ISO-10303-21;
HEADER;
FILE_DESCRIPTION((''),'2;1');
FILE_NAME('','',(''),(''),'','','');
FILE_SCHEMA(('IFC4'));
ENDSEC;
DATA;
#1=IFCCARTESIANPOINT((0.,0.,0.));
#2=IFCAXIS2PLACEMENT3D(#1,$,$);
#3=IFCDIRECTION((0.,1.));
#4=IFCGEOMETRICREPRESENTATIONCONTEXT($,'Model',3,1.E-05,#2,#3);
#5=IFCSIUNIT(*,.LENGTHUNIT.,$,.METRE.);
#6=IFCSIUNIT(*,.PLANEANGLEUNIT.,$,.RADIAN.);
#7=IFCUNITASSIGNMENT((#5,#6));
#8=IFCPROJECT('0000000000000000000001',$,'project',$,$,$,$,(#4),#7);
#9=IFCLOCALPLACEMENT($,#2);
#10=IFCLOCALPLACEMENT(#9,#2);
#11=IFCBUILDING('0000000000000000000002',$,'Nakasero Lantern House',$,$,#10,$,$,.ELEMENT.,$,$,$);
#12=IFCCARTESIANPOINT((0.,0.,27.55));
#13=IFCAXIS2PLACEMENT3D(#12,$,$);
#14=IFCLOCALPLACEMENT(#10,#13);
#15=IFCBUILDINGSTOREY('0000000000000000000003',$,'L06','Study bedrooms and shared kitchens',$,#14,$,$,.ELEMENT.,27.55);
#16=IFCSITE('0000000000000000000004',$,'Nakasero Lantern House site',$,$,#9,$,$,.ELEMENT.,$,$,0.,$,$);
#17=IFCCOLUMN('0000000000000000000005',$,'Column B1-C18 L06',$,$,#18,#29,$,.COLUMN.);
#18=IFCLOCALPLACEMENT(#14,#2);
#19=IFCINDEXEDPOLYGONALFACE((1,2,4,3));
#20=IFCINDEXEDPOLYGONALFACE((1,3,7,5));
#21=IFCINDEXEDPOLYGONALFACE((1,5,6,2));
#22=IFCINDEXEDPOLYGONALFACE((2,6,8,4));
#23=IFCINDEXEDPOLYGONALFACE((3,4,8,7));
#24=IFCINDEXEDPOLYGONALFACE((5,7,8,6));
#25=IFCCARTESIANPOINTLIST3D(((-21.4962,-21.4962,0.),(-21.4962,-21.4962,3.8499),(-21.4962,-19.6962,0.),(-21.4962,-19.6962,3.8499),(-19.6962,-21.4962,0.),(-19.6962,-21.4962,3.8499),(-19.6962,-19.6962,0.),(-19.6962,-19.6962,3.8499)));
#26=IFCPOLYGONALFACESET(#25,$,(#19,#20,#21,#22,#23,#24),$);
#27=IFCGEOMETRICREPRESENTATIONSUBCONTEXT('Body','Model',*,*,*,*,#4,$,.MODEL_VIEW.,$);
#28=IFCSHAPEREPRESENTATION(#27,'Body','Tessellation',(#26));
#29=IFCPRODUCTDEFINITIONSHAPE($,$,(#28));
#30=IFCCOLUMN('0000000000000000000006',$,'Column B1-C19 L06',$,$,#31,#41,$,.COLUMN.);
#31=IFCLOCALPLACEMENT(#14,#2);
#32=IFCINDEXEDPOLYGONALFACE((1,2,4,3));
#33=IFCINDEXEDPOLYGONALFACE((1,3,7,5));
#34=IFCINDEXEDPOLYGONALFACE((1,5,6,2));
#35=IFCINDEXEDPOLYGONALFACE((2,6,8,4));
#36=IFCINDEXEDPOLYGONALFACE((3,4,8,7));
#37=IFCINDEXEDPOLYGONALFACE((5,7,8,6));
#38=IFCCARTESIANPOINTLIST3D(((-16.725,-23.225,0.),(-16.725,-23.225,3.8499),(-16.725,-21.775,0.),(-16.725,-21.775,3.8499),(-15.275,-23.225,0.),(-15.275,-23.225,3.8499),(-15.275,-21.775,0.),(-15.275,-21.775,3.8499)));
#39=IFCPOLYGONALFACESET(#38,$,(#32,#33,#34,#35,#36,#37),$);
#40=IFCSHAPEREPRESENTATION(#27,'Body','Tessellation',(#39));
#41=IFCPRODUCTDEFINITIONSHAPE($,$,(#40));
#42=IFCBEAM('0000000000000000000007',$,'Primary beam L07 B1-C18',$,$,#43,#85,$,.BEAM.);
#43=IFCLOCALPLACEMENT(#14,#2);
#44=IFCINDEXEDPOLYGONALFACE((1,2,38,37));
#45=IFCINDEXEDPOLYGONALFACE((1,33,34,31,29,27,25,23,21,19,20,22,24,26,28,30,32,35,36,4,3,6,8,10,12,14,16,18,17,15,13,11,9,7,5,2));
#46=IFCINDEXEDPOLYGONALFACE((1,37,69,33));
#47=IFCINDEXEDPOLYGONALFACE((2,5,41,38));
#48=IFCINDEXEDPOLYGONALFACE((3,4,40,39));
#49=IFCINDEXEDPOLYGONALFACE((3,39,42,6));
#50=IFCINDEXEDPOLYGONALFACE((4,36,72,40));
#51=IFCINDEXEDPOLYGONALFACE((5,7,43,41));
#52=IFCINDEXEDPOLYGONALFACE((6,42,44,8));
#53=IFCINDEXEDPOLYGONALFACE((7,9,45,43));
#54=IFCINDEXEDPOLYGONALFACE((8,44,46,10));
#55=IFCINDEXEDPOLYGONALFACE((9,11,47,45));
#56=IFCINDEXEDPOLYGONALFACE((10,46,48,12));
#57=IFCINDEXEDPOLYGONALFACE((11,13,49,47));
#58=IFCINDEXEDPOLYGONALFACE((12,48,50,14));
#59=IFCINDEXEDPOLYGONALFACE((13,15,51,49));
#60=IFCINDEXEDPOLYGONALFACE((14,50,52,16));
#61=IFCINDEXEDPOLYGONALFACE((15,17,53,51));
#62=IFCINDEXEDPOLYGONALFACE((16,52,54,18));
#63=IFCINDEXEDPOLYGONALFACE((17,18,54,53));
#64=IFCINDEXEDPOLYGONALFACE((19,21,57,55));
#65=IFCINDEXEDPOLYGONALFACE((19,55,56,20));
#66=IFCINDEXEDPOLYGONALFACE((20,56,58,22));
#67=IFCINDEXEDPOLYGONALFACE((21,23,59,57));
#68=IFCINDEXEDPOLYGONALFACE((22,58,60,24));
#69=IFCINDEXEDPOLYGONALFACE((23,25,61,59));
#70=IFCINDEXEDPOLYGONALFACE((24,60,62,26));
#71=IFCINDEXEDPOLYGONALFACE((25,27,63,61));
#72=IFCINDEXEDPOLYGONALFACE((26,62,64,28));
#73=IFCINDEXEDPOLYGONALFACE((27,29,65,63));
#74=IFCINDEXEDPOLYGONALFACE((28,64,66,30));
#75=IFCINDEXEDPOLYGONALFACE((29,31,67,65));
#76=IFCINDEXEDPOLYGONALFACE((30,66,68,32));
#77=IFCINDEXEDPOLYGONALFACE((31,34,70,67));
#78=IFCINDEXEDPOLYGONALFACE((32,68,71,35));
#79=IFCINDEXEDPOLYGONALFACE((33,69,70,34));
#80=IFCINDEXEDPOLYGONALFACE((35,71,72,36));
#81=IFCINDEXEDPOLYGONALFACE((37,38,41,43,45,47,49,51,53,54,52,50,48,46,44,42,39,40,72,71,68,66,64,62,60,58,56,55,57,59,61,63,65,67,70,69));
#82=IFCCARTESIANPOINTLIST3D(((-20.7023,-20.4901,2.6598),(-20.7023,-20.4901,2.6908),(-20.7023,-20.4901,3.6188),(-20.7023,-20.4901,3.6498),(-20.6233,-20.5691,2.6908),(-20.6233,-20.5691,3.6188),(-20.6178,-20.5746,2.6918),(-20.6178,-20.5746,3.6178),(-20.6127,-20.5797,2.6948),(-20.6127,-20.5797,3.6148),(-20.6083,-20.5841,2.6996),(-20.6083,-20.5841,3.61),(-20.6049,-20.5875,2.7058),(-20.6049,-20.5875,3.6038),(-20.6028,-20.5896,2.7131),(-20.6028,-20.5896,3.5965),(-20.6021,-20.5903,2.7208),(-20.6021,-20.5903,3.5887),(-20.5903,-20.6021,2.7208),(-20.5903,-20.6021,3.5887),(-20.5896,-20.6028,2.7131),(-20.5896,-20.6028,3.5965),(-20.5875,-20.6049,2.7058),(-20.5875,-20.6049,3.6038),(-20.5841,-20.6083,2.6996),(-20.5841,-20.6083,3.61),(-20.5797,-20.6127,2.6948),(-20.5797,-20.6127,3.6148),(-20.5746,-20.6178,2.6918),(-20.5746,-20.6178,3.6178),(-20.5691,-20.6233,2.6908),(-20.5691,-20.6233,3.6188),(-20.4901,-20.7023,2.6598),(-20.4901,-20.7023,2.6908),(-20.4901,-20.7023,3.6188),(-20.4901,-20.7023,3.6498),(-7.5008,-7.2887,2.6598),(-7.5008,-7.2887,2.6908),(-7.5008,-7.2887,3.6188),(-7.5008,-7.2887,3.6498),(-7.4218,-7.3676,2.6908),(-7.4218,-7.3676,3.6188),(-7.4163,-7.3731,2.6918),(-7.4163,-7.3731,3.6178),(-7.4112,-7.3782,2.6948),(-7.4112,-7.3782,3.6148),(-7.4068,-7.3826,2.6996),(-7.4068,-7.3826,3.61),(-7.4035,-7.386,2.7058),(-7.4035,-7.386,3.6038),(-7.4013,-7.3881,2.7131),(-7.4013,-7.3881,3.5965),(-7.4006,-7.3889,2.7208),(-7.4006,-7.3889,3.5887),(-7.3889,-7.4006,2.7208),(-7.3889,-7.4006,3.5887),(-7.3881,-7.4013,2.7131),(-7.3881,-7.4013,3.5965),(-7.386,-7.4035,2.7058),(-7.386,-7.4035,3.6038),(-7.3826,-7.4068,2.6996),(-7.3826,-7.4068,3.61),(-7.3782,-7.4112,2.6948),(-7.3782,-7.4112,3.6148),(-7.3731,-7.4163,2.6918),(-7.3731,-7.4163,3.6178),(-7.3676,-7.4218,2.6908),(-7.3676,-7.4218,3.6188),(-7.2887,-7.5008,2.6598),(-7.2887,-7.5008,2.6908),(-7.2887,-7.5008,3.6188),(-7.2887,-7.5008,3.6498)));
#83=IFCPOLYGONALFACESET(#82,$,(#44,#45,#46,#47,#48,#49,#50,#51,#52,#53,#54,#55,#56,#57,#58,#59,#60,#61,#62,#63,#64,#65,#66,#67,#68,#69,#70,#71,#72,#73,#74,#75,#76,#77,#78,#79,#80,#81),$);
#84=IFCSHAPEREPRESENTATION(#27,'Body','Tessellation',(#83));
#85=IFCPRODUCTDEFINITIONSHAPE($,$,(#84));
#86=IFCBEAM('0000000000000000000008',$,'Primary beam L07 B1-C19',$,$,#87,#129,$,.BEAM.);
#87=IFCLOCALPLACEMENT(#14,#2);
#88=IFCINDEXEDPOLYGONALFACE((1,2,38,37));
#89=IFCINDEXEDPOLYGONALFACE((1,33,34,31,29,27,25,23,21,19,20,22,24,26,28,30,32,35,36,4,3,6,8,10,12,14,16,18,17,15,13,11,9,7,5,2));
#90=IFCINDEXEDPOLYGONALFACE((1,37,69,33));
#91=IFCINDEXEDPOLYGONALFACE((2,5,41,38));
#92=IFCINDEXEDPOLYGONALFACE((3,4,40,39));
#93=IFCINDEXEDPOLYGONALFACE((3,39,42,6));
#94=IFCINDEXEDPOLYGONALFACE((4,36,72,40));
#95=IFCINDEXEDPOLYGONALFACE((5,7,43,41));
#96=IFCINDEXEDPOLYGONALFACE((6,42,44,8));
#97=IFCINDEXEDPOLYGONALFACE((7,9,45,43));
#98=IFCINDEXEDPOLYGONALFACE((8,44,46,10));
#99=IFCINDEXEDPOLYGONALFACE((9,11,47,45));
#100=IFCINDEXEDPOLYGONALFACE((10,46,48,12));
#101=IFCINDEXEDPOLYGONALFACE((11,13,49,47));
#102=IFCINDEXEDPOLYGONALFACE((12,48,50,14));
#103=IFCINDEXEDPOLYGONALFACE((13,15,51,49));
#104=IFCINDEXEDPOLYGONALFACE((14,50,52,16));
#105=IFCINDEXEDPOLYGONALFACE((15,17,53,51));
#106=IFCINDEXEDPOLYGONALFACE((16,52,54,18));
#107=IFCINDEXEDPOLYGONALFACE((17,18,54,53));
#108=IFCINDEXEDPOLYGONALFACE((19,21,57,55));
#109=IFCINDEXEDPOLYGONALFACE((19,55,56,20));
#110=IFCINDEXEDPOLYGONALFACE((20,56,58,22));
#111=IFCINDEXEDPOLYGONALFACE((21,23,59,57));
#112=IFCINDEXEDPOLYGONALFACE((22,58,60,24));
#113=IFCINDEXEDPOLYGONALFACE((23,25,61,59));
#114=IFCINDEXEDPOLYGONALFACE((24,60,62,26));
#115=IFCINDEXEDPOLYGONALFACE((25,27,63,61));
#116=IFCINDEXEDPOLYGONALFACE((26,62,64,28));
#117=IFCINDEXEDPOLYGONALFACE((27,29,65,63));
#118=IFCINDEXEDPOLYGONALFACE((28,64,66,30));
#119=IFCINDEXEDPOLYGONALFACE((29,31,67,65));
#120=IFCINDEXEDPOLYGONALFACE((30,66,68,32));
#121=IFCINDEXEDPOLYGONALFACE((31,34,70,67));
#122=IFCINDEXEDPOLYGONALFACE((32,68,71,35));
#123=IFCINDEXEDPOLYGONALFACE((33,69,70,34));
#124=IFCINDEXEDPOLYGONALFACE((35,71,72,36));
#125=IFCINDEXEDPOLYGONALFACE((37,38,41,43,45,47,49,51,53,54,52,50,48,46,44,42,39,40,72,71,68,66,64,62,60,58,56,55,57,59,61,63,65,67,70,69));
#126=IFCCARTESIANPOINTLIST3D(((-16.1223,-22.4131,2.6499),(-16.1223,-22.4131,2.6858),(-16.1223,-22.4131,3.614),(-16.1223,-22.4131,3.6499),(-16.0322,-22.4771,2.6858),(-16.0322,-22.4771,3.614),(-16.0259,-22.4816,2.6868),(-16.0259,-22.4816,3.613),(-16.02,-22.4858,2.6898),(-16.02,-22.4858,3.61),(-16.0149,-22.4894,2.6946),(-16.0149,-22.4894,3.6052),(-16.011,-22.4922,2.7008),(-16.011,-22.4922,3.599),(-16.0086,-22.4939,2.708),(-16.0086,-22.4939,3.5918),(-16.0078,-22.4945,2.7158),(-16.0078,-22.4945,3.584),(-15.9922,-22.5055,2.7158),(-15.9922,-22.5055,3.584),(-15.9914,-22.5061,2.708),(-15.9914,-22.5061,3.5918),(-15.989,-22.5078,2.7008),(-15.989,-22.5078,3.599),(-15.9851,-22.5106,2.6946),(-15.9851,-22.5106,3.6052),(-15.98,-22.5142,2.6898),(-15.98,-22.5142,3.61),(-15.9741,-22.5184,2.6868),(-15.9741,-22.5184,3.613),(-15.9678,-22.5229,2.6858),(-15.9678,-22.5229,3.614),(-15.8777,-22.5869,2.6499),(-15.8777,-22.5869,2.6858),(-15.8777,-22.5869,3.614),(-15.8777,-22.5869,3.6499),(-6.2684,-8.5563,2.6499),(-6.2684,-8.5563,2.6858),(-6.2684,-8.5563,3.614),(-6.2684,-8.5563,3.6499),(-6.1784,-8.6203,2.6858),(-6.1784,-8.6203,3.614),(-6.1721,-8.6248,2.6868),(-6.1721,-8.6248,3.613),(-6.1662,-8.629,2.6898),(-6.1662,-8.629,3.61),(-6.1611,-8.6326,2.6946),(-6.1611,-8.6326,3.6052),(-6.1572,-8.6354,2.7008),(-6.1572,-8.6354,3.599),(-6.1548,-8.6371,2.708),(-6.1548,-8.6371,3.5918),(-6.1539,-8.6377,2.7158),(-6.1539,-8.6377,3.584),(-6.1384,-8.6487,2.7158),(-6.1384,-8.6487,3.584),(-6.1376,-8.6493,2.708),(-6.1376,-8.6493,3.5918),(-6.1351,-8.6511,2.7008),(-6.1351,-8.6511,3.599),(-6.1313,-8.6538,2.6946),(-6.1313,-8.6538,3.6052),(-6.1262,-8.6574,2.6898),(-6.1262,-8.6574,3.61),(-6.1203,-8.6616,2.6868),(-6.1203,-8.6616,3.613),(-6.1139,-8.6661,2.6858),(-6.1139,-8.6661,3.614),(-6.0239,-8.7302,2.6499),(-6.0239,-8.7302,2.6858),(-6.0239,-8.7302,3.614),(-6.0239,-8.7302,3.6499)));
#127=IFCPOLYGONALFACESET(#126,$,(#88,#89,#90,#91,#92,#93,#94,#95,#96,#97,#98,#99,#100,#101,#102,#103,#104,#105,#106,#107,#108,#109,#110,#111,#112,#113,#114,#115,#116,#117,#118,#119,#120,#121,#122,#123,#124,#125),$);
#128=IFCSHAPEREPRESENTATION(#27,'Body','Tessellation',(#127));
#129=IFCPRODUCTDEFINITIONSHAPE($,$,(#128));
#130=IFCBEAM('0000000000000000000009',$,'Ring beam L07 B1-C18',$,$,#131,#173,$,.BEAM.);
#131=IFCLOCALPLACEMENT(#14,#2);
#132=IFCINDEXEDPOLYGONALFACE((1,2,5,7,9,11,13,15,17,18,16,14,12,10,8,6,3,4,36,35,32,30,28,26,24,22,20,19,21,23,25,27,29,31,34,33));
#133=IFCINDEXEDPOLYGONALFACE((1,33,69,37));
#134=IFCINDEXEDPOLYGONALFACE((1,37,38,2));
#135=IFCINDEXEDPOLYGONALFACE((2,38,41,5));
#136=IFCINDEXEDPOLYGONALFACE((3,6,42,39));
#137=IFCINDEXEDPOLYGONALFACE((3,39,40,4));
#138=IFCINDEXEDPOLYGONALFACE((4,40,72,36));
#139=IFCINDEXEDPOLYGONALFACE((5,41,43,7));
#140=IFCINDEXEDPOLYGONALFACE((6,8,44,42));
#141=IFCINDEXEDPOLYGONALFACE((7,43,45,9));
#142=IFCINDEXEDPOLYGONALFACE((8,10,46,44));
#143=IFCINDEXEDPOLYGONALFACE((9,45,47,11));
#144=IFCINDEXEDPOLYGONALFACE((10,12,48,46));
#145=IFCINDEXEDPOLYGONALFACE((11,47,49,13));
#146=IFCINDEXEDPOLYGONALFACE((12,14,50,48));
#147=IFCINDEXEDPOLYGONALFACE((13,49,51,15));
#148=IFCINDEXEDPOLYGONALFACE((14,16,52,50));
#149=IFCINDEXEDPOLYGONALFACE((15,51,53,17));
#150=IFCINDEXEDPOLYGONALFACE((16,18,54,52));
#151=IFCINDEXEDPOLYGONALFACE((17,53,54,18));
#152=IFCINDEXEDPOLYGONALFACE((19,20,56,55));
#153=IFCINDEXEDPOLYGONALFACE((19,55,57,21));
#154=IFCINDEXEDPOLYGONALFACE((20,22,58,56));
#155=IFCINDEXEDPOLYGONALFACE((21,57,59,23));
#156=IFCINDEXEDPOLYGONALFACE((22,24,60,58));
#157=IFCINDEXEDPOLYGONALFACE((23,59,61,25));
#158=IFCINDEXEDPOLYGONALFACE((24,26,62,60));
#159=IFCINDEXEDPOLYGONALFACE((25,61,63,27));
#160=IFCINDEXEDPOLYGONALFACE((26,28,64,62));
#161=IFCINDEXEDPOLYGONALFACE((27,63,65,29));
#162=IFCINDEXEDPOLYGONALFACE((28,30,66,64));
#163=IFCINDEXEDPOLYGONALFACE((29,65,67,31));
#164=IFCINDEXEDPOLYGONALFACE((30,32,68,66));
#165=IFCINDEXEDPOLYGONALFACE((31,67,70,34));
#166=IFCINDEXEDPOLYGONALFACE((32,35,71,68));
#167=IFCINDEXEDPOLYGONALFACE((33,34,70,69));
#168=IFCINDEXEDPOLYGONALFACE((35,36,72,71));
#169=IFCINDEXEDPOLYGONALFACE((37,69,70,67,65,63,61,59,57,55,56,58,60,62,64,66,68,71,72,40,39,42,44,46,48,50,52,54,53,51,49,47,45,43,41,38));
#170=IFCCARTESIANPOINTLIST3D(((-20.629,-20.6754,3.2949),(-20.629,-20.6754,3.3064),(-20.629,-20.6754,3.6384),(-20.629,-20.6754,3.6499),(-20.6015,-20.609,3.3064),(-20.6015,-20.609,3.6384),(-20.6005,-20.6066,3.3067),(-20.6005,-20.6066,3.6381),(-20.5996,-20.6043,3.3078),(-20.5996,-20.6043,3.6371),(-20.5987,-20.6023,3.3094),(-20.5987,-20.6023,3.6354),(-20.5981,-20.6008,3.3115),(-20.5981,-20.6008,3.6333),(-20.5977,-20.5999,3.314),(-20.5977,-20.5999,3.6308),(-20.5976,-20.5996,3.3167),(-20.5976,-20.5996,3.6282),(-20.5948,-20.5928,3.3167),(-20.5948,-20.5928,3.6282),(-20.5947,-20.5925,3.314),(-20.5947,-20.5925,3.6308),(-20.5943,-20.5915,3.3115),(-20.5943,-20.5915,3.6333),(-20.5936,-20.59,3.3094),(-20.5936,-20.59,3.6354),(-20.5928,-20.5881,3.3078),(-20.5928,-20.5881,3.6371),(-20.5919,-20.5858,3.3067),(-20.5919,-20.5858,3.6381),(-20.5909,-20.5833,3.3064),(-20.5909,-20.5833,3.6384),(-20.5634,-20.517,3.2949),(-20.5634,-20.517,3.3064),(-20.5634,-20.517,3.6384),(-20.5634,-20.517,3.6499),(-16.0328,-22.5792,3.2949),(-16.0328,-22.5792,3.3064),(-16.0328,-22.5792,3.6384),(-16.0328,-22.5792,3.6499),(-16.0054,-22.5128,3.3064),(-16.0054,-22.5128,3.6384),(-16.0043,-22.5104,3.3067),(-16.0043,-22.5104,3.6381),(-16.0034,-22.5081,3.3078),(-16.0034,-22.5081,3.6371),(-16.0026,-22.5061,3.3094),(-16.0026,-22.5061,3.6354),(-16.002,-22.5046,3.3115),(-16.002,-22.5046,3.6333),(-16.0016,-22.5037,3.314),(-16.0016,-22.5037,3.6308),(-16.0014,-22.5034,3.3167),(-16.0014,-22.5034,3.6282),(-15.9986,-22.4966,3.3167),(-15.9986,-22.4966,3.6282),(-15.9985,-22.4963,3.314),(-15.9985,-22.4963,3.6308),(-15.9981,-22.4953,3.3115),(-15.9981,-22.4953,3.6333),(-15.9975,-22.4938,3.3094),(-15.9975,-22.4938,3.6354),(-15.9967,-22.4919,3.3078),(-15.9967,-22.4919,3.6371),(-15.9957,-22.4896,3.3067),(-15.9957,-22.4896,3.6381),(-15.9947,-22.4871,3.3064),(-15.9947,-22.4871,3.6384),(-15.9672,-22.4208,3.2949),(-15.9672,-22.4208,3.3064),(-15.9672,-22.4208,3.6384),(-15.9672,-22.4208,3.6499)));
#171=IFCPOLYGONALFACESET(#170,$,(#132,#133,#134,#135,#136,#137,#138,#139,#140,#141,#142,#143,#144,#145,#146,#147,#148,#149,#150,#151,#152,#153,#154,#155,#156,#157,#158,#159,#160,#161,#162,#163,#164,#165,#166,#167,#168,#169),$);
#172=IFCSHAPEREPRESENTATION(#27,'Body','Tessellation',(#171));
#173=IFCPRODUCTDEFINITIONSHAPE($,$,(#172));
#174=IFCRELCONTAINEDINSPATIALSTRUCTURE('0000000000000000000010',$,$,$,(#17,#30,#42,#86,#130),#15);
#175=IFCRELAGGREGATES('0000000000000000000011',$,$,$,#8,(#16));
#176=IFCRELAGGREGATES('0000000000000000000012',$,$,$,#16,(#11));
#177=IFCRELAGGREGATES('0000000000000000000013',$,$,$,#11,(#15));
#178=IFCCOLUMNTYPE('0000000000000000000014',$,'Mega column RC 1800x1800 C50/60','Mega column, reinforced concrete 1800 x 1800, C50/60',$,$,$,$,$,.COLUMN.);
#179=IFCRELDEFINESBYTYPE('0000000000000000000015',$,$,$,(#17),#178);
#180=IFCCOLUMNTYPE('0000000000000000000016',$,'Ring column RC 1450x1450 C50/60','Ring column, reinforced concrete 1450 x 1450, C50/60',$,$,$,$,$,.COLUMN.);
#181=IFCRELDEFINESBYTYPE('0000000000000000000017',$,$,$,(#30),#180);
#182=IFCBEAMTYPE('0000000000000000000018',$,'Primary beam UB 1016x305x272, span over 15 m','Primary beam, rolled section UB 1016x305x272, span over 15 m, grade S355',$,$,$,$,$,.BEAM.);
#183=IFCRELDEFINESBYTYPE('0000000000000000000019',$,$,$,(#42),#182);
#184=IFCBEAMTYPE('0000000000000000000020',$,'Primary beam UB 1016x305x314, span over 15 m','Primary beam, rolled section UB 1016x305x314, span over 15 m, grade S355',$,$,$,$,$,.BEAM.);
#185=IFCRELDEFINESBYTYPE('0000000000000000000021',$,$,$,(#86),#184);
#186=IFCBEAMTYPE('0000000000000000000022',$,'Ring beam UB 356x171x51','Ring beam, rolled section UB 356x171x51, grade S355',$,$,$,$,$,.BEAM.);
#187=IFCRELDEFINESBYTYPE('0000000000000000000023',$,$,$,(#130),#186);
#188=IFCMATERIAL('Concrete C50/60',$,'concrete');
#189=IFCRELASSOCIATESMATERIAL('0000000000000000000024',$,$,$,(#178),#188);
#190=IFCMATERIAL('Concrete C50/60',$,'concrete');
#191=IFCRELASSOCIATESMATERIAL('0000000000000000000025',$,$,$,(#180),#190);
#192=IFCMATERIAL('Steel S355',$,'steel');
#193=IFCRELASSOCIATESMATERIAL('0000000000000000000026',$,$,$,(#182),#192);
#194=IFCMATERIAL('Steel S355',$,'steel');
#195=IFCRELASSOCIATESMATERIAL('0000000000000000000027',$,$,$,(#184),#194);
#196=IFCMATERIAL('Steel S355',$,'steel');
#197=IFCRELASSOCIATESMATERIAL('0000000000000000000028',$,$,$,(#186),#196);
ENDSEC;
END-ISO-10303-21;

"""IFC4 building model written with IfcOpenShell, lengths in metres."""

from ifc_helpers import new_model, si_unit, direction, frame, origin, origin_2d, place, context, subcontext, project, spatial, rectangle, i_section, extrude, material, material_profile, profile_set, type_object, element, save


model = new_model("IFC4")

# Units and contexts
model_context = context("Model", 3, precision=1e-05, world=origin(), true_north=direction((0.0, 1.0)))
body_context = subcontext(model_context, "Body", "Model", "MODEL_VIEW")
ifc_project = project(units=[si_unit("LENGTHUNIT", "METRE"), si_unit("PLANEANGLEUNIT", "RADIAN")], contexts=[model_context])

# Site, building, storey
site_placement = place(None, origin())
site = spatial("IfcSite", under=ifc_project, at=site_placement, Name="Nakasero Lantern House site", CompositionType="ELEMENT", RefElevation=0.0)
building_placement = place(site_placement, origin())
building = spatial("IfcBuilding", under=site, at=building_placement, Name="Nakasero Lantern House", CompositionType="ELEMENT")
storey_placement = place(building_placement, frame((0.0, 0.0, 27.55)))
storey = spatial("IfcBuildingStorey", under=building, at=storey_placement, Name="L06", Description="Study bedrooms and shared kitchens", CompositionType="ELEMENT", Elevation=27.55)

# Columns
ifc_material_1 = material(Name="Concrete C50/60", Category="concrete")
ifc_material_profile_1 = material_profile(ifc_material_1, rectangle(XDim=1.8, YDim=1.8, at=origin_2d()), Name="RC 1800x1800")
ifc_profile_set_1 = profile_set([ifc_material_profile_1], Name="Concrete C50/60")
column_type_1 = type_object("IfcColumnType", Name="Mega column RC 1800x1800 C50/60", Description="Mega column, reinforced concrete 1800 x 1800, C50/60", PredefinedType="COLUMN", material=ifc_profile_set_1)
column_1_placement = place(storey_placement, frame((-20.5962, -20.5962, 0.0), z_axis=(0.0, 0.0, 1.0), x_axis=(1.0, 0.0, 0.0)))
element("IfcColumn", 1, at=column_1_placement, inside=storey, type_object=column_type_1, Name="Column B1-C18 L06", PredefinedType="COLUMN", context=body_context, shape_type="SweptSolid", body=[
    extrude(rectangle(XDim=1.8, YDim=1.8, at=origin_2d()), origin(), (0.0, 0.0, 1.0), 3.8499),
])
ifc_material_2 = material(Name="Concrete C50/60", Category="concrete")
ifc_material_profile_2 = material_profile(ifc_material_2, rectangle(XDim=1.45, YDim=1.45, at=origin_2d()), Name="RC 1450x1450")
ifc_profile_set_2 = profile_set([ifc_material_profile_2], Name="Concrete C50/60")
column_type_2 = type_object("IfcColumnType", Name="Ring column RC 1450x1450 C50/60", Description="Ring column, reinforced concrete 1450 x 1450, C50/60", PredefinedType="COLUMN", material=ifc_profile_set_2)
column_2_placement = place(storey_placement, frame((-16.0, -22.5, 0.0), z_axis=(0.0, 0.0, 1.0), x_axis=(1.0, 0.0, 0.0)))
element("IfcColumn", 2, at=column_2_placement, inside=storey, type_object=column_type_2, Name="Column B1-C19 L06", PredefinedType="COLUMN", context=body_context, shape_type="SweptSolid", body=[
    extrude(rectangle(XDim=1.45, YDim=1.45, at=origin_2d()), origin(), (0.0, 0.0, 1.0), 3.8499),
])

# Beams
ifc_material_3 = material(Name="Steel S355", Category="steel")
ifc_material_profile_3 = material_profile(ifc_material_3, i_section(OverallWidth=0.3, OverallDepth=0.99, WebThickness=0.0166, FlangeThickness=0.031, FilletRadius=0.03, at=origin_2d()), Name="UB 1016x305x272")
ifc_profile_set_3 = profile_set([ifc_material_profile_3], Name="Steel S355")
beam_type_1 = type_object("IfcBeamType", Name="Primary beam UB 1016x305x272, span over 15 m", Description="Primary beam, rolled section UB 1016x305x272, span over 15 m, grade S355", PredefinedType="BEAM", material=ifc_profile_set_3)
beam_1_placement = place(storey_placement, frame((-20.5962, -20.5962, 3.1548), z_axis=(0.707107, 0.707107, 0.0), x_axis=(-0.707107, 0.707107, 0.0)))
element("IfcBeam", 3, at=beam_1_placement, inside=storey, type_object=beam_type_1, Name="Primary beam L07 B1-C18", PredefinedType="BEAM", context=body_context, shape_type="SweptSolid", body=[
    extrude(i_section(OverallWidth=0.3, OverallDepth=0.99, WebThickness=0.0166, FlangeThickness=0.031, FilletRadius=0.03, at=origin_2d()), origin(), (0.0, 0.0, 1.0), 18.6697),
])
ifc_material_4 = material(Name="Steel S355", Category="steel")
ifc_material_profile_4 = material_profile(ifc_material_4, i_section(OverallWidth=0.3, OverallDepth=1.0, WebThickness=0.019, FlangeThickness=0.0359, FilletRadius=0.03, at=origin_2d()), Name="UB 1016x305x314")
ifc_profile_set_4 = profile_set([ifc_material_profile_4], Name="Steel S355")
beam_type_2 = type_object("IfcBeamType", Name="Primary beam UB 1016x305x314, span over 15 m", Description="Primary beam, rolled section UB 1016x305x314, span over 15 m, grade S355", PredefinedType="BEAM", material=ifc_profile_set_4)
beam_2_placement = place(storey_placement, frame((-16.0, -22.5, 3.1499), z_axis=(0.579528, 0.814952, 0.0), x_axis=(-0.814952, 0.579528, 0.0)))
element("IfcBeam", 4, at=beam_2_placement, inside=storey, type_object=beam_type_2, Name="Primary beam L07 B1-C19", PredefinedType="BEAM", context=body_context, shape_type="SweptSolid", body=[
    extrude(i_section(OverallWidth=0.3, OverallDepth=1.0, WebThickness=0.019, FlangeThickness=0.0359, FilletRadius=0.03, at=origin_2d()), origin(), (0.0, 0.0, 1.0), 17.0032),
])
ifc_material_5 = material(Name="Steel S355", Category="steel")
ifc_material_profile_5 = material_profile(ifc_material_5, i_section(OverallWidth=0.1714, OverallDepth=0.355, WebThickness=0.0073, FlangeThickness=0.0115, FilletRadius=0.0103, at=origin_2d()), Name="UB 356x171x51")
ifc_profile_set_5 = profile_set([ifc_material_profile_5], Name="Steel S355")
beam_type_3 = type_object("IfcBeamType", Name="Ring beam UB 356x171x51", Description="Ring beam, rolled section UB 356x171x51, grade S355", PredefinedType="BEAM", material=ifc_profile_set_5)
beam_3_placement = place(storey_placement, frame((-20.5962, -20.5962, 3.4724), z_axis=(0.923879, -0.382684, 0.0), x_axis=(0.382684, 0.923879, 0.0)))
element("IfcBeam", 5, at=beam_3_placement, inside=storey, type_object=beam_type_3, Name="Ring beam L07 B1-C18", PredefinedType="BEAM", context=body_context, shape_type="SweptSolid", body=[
    extrude(i_section(OverallWidth=0.1714, OverallDepth=0.355, WebThickness=0.0073, FlangeThickness=0.0115, FilletRadius=0.0103, at=origin_2d()), origin(), (0.0, 0.0, 1.0), 4.9749),
])

save(model, "model.ifc")
